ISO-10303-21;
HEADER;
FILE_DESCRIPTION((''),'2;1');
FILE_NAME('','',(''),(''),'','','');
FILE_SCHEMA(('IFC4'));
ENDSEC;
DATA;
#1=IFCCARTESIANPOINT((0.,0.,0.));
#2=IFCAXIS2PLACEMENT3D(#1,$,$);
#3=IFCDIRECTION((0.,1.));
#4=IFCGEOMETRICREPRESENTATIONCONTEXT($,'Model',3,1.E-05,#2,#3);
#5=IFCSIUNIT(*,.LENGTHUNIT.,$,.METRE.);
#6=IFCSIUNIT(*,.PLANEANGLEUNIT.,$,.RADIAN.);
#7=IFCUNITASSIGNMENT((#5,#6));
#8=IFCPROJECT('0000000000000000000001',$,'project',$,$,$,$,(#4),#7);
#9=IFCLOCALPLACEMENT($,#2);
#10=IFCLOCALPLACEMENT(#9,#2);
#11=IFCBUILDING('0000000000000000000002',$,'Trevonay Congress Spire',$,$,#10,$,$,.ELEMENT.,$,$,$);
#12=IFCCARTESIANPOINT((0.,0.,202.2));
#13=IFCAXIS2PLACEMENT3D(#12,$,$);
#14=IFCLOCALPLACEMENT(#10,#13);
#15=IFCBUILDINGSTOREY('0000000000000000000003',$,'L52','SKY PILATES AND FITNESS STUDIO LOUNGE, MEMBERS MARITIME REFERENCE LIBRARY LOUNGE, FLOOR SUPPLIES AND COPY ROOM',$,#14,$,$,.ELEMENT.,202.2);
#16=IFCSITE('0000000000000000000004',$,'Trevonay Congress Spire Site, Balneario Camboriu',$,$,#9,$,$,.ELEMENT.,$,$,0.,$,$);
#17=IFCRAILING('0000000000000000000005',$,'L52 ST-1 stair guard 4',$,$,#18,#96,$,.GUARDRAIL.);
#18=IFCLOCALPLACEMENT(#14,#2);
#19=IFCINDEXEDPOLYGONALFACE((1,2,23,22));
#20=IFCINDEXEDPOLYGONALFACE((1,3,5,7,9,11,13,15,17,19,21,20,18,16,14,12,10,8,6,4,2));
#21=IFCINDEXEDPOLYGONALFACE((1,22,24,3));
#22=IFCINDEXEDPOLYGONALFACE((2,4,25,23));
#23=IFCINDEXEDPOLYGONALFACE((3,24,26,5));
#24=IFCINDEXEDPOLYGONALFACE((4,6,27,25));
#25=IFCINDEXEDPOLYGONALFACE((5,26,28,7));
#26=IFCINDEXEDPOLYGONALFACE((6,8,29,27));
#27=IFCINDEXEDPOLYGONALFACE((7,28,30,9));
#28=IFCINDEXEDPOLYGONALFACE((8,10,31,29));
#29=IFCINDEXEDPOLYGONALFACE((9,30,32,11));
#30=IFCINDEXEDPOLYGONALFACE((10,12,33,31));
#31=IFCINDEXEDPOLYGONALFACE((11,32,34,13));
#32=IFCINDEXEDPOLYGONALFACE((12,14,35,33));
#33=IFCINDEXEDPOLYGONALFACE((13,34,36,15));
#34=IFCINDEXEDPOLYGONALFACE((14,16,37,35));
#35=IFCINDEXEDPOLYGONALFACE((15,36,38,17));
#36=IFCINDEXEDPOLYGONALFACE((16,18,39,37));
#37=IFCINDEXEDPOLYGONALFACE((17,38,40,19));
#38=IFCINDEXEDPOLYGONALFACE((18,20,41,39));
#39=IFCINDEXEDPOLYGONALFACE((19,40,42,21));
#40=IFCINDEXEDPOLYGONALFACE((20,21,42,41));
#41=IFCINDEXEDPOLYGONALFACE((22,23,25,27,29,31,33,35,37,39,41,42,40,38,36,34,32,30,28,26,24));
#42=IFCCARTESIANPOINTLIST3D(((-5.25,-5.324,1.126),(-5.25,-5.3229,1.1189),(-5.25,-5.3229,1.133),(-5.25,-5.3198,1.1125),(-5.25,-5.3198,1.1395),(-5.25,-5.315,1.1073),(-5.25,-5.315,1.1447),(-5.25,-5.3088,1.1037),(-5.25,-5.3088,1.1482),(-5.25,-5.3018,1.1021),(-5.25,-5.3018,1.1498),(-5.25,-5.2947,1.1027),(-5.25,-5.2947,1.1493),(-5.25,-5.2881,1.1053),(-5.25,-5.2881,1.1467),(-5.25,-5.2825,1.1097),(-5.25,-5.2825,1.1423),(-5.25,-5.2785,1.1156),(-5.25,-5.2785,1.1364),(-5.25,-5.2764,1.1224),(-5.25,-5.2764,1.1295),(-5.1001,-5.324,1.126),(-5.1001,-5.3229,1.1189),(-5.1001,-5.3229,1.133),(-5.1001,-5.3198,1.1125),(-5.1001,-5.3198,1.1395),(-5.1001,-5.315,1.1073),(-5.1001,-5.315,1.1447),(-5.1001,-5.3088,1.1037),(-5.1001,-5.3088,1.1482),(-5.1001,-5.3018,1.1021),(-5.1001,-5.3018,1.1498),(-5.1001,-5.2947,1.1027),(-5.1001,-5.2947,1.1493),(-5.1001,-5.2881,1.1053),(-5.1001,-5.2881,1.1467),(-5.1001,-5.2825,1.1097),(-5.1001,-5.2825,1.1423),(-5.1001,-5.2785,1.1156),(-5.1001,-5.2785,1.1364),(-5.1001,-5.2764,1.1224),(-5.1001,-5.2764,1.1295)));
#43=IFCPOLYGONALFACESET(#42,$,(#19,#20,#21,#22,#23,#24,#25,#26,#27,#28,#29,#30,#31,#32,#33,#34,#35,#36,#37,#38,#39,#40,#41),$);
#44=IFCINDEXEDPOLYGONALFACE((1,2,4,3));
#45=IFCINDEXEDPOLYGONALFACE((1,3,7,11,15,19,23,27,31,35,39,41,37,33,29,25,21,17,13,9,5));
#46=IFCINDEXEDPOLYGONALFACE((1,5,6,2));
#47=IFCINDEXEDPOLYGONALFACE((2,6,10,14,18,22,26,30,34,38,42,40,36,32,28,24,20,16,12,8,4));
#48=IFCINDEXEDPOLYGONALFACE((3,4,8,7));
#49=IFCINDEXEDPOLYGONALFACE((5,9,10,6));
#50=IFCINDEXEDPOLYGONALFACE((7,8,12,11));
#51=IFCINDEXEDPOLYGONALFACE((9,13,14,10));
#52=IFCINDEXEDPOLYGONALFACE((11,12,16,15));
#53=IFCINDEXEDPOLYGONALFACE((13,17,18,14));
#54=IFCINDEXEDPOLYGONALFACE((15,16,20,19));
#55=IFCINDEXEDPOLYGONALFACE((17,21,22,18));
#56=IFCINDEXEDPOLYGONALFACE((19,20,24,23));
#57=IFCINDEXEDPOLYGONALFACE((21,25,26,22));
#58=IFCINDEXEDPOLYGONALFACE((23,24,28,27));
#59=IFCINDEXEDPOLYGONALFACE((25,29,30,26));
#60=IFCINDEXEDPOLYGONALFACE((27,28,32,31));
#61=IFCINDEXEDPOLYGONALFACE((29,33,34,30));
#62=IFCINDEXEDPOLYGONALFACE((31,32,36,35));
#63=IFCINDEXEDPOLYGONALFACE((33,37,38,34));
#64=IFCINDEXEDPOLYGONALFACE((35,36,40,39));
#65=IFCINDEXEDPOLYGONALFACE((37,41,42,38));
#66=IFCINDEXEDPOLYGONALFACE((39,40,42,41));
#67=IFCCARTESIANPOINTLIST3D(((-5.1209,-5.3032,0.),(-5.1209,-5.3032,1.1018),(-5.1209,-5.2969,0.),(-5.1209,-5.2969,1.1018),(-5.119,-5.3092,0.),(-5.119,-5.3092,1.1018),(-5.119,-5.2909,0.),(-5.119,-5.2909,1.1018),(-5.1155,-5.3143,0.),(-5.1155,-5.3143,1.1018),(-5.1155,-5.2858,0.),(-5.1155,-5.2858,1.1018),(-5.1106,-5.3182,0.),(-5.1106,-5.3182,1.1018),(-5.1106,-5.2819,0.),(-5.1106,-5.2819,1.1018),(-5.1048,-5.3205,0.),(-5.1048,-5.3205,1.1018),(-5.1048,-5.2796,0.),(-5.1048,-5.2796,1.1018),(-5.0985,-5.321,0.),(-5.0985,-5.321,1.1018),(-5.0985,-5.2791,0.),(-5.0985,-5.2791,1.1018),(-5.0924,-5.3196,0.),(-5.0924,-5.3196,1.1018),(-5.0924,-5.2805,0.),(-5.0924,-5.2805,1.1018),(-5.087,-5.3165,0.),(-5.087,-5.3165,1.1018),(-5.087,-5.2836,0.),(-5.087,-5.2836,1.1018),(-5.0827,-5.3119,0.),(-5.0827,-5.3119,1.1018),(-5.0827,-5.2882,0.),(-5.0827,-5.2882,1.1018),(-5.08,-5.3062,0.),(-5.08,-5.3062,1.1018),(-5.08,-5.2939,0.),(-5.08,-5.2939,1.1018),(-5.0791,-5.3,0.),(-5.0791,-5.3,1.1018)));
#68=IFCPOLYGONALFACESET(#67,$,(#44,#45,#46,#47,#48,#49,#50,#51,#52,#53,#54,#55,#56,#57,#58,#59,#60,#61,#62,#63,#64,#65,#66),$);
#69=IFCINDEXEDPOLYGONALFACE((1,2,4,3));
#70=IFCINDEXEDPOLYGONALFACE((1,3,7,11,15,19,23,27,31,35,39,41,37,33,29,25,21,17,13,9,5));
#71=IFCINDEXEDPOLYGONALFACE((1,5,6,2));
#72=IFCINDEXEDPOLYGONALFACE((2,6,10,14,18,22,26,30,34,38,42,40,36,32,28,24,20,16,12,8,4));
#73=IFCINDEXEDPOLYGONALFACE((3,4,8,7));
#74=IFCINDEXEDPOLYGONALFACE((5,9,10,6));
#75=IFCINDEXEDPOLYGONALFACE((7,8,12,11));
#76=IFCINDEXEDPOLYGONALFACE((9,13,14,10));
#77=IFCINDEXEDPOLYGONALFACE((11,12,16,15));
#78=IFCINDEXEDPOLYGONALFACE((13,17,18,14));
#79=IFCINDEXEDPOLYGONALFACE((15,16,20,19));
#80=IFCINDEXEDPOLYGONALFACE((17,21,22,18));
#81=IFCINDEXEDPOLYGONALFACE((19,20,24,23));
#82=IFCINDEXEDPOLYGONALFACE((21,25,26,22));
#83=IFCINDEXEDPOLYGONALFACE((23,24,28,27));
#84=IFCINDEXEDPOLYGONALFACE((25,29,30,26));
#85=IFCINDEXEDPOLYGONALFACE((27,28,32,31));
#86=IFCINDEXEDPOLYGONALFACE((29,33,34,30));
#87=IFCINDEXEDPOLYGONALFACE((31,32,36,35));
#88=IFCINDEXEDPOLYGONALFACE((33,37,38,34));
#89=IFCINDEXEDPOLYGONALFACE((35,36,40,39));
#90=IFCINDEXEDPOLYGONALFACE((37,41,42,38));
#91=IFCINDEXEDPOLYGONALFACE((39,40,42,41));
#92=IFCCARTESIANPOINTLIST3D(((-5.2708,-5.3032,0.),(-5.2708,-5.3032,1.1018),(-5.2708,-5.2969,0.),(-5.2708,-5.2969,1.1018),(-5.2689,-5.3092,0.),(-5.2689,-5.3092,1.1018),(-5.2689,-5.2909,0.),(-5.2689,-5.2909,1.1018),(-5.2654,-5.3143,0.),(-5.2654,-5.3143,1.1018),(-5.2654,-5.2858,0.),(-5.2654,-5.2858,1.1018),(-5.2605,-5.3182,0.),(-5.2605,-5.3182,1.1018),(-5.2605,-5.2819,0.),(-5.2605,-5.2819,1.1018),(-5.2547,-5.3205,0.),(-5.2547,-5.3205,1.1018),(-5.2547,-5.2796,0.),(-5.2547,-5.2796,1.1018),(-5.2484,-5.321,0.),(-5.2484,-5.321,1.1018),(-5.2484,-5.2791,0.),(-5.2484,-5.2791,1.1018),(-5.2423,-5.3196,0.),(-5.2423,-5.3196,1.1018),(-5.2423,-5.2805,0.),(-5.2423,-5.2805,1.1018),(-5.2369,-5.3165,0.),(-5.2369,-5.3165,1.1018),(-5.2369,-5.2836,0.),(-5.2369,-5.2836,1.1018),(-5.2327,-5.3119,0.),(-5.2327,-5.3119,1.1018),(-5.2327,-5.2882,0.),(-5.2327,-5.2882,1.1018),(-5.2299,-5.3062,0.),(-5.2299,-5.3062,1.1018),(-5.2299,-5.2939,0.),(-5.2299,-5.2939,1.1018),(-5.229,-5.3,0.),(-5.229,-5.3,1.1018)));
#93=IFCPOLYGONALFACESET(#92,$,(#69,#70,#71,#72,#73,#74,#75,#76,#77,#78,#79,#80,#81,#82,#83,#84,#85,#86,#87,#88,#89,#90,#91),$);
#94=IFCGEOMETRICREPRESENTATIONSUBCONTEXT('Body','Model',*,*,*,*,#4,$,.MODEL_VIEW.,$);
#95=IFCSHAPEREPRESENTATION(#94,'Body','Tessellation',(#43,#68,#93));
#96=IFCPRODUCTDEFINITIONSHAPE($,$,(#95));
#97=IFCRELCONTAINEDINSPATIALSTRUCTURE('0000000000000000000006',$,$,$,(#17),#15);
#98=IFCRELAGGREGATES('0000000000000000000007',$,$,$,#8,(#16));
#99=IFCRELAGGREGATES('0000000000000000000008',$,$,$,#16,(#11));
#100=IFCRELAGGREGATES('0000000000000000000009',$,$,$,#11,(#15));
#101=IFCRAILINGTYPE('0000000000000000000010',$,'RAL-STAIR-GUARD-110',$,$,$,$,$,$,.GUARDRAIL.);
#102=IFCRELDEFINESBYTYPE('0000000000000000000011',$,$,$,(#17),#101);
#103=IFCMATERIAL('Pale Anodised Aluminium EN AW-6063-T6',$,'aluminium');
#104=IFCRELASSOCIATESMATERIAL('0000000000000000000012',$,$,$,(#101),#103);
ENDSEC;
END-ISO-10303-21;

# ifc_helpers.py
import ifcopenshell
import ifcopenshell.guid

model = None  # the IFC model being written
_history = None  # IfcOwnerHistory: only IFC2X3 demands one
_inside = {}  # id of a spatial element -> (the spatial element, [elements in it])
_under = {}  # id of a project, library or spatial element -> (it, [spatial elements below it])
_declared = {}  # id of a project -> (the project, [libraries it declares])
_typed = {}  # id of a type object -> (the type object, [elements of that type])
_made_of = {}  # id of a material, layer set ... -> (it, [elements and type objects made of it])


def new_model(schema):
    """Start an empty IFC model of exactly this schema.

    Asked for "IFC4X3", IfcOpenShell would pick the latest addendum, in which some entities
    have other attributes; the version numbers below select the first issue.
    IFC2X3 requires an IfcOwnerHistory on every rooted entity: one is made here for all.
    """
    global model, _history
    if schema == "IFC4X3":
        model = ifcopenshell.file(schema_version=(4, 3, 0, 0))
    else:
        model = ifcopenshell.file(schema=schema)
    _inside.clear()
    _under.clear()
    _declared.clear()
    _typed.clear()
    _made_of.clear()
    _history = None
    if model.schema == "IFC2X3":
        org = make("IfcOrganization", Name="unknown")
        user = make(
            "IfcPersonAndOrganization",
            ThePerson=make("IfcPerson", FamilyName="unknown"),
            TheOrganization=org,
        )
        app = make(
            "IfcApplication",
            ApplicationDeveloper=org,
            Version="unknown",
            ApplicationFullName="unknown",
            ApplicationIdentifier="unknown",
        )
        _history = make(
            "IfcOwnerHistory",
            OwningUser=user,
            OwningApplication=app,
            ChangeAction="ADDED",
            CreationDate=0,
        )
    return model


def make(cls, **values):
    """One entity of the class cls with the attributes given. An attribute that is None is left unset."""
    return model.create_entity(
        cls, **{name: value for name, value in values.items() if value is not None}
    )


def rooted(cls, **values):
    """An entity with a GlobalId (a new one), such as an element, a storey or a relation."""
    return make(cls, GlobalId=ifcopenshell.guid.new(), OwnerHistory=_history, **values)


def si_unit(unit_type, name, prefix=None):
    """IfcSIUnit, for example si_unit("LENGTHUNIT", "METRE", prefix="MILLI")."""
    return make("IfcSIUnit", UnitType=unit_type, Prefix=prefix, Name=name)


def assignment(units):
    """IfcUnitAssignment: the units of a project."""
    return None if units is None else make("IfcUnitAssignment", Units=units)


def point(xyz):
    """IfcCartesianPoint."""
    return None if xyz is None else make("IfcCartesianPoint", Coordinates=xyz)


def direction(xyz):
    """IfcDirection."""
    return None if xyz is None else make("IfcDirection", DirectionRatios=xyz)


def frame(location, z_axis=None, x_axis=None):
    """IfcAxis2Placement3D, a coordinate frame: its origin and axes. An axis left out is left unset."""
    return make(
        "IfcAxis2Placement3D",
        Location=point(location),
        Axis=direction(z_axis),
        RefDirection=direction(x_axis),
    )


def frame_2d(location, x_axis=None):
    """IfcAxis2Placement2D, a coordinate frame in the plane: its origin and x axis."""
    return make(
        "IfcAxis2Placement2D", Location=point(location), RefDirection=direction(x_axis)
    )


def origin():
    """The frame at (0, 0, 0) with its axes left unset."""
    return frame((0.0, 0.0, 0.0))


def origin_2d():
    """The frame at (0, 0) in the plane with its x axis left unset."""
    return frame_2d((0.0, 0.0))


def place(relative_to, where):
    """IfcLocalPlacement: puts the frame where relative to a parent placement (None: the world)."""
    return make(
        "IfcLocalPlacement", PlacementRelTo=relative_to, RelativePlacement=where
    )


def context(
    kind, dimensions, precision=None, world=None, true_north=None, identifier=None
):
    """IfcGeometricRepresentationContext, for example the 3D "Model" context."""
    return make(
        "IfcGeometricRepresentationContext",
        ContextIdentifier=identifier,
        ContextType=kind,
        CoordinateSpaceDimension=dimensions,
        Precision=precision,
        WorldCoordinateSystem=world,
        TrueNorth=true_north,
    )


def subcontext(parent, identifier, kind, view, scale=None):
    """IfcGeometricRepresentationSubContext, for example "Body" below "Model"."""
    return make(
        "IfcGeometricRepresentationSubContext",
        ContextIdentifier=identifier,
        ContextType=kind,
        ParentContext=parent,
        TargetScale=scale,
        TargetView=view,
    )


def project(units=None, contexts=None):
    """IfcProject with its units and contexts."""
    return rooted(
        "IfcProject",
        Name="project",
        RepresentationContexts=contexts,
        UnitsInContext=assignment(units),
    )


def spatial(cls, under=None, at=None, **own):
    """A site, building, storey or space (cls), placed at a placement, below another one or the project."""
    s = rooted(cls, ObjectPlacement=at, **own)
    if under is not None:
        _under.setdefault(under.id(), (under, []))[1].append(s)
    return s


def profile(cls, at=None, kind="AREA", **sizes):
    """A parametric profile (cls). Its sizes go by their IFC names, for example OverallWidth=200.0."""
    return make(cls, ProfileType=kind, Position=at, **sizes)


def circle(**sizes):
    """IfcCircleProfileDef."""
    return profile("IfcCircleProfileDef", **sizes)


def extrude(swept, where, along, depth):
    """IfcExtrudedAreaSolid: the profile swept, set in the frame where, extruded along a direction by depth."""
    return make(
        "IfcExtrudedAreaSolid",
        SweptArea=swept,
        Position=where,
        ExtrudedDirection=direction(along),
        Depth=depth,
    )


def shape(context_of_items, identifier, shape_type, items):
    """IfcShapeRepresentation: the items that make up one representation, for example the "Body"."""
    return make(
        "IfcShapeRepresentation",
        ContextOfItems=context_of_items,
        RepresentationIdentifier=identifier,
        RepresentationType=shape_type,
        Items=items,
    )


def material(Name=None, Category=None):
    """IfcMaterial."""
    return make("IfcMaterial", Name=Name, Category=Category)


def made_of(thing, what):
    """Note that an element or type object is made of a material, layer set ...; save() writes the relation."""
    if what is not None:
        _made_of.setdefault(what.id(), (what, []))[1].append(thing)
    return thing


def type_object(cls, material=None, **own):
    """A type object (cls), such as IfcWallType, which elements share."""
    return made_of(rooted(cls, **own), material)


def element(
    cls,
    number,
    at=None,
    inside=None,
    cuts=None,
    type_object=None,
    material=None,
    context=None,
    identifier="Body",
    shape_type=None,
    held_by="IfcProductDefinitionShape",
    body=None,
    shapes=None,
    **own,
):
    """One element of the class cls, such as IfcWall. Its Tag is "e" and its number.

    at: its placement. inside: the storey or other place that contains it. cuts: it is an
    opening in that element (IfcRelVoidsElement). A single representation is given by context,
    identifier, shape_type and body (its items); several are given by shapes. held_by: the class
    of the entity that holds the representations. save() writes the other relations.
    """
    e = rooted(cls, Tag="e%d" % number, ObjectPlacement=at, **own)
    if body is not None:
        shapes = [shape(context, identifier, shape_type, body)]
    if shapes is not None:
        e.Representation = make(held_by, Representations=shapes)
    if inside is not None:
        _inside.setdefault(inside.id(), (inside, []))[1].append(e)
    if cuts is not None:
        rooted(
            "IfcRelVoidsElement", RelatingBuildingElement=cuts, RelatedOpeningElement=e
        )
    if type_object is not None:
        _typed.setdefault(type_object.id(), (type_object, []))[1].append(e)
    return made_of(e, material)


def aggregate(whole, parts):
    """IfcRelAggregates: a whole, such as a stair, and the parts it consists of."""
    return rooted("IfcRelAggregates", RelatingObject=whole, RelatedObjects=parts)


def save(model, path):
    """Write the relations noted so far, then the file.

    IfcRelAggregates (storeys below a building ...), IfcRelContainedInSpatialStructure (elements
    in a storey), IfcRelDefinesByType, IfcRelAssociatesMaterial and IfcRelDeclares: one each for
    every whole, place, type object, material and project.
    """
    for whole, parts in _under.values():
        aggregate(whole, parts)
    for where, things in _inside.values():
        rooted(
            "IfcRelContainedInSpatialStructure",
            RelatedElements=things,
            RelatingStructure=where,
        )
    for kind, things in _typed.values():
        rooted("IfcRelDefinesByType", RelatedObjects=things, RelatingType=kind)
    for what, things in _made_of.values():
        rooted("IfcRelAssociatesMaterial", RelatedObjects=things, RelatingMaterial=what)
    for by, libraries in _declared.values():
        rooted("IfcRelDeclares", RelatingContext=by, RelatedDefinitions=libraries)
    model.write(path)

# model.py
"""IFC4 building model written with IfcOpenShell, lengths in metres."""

from ifc_helpers import new_model, si_unit, direction, frame, origin, origin_2d, place, context, subcontext, project, spatial, circle, extrude, material, type_object, element, save


model = new_model("IFC4")

# Units and contexts
model_context = context("Model", 3, precision=1e-05, world=origin(), true_north=direction((0.0, 1.0)))
body_context = subcontext(model_context, "Body", "Model", "MODEL_VIEW")
ifc_project = project(units=[si_unit("LENGTHUNIT", "METRE"), si_unit("PLANEANGLEUNIT", "RADIAN")], contexts=[model_context])

# Site, building, storey
site_placement = place(None, origin())
site = spatial("IfcSite", under=ifc_project, at=site_placement, Name="Trevonay Congress Spire Site, Balneario Camboriu", CompositionType="ELEMENT", RefElevation=0.0)
building_placement = place(site_placement, origin())
building = spatial("IfcBuilding", under=site, at=building_placement, Name="Trevonay Congress Spire", CompositionType="ELEMENT")
storey_placement = place(building_placement, frame((0.0, 0.0, 202.2)))
storey = spatial("IfcBuildingStorey", under=building, at=storey_placement, Name="L52", Description="SKY PILATES AND FITNESS STUDIO LOUNGE, MEMBERS MARITIME REFERENCE LIBRARY LOUNGE, FLOOR SUPPLIES AND COPY ROOM", CompositionType="ELEMENT", Elevation=202.2)

# Railing
ifc_material_1 = material(Name="Pale Anodised Aluminium EN AW-6063-T6", Category="aluminium")
railing_type_1 = type_object("IfcRailingType", Name="RAL-STAIR-GUARD-110", PredefinedType="GUARDRAIL", material=ifc_material_1)
railing_1_placement = place(storey_placement, frame((-5.1001, -5.3, 0.0)))
element("IfcRailing", 1, at=railing_1_placement, inside=storey, type_object=railing_type_1, Name="L52 ST-1 stair guard 4", PredefinedType="GUARDRAIL", context=body_context, shape_type="SweptSolid", body=[
    extrude(circle(Radius=0.0239, at=origin_2d()), frame((0.0, 0.0, 1.126), z_axis=(-1.0, 0.0, 0.0), x_axis=(0.0, -1.0, 0.0)), (0.0, 0.0, 1.0), 0.1499),
    extrude(circle(Radius=0.021, at=origin_2d()), origin(), (0.0, 0.0, 1.0), 1.1018),
    extrude(circle(Radius=0.021, at=origin_2d()), frame((-0.1499, 0.0, 0.0)), (0.0, 0.0, 1.0), 1.1018),
])

save(model, "model.ifc")
